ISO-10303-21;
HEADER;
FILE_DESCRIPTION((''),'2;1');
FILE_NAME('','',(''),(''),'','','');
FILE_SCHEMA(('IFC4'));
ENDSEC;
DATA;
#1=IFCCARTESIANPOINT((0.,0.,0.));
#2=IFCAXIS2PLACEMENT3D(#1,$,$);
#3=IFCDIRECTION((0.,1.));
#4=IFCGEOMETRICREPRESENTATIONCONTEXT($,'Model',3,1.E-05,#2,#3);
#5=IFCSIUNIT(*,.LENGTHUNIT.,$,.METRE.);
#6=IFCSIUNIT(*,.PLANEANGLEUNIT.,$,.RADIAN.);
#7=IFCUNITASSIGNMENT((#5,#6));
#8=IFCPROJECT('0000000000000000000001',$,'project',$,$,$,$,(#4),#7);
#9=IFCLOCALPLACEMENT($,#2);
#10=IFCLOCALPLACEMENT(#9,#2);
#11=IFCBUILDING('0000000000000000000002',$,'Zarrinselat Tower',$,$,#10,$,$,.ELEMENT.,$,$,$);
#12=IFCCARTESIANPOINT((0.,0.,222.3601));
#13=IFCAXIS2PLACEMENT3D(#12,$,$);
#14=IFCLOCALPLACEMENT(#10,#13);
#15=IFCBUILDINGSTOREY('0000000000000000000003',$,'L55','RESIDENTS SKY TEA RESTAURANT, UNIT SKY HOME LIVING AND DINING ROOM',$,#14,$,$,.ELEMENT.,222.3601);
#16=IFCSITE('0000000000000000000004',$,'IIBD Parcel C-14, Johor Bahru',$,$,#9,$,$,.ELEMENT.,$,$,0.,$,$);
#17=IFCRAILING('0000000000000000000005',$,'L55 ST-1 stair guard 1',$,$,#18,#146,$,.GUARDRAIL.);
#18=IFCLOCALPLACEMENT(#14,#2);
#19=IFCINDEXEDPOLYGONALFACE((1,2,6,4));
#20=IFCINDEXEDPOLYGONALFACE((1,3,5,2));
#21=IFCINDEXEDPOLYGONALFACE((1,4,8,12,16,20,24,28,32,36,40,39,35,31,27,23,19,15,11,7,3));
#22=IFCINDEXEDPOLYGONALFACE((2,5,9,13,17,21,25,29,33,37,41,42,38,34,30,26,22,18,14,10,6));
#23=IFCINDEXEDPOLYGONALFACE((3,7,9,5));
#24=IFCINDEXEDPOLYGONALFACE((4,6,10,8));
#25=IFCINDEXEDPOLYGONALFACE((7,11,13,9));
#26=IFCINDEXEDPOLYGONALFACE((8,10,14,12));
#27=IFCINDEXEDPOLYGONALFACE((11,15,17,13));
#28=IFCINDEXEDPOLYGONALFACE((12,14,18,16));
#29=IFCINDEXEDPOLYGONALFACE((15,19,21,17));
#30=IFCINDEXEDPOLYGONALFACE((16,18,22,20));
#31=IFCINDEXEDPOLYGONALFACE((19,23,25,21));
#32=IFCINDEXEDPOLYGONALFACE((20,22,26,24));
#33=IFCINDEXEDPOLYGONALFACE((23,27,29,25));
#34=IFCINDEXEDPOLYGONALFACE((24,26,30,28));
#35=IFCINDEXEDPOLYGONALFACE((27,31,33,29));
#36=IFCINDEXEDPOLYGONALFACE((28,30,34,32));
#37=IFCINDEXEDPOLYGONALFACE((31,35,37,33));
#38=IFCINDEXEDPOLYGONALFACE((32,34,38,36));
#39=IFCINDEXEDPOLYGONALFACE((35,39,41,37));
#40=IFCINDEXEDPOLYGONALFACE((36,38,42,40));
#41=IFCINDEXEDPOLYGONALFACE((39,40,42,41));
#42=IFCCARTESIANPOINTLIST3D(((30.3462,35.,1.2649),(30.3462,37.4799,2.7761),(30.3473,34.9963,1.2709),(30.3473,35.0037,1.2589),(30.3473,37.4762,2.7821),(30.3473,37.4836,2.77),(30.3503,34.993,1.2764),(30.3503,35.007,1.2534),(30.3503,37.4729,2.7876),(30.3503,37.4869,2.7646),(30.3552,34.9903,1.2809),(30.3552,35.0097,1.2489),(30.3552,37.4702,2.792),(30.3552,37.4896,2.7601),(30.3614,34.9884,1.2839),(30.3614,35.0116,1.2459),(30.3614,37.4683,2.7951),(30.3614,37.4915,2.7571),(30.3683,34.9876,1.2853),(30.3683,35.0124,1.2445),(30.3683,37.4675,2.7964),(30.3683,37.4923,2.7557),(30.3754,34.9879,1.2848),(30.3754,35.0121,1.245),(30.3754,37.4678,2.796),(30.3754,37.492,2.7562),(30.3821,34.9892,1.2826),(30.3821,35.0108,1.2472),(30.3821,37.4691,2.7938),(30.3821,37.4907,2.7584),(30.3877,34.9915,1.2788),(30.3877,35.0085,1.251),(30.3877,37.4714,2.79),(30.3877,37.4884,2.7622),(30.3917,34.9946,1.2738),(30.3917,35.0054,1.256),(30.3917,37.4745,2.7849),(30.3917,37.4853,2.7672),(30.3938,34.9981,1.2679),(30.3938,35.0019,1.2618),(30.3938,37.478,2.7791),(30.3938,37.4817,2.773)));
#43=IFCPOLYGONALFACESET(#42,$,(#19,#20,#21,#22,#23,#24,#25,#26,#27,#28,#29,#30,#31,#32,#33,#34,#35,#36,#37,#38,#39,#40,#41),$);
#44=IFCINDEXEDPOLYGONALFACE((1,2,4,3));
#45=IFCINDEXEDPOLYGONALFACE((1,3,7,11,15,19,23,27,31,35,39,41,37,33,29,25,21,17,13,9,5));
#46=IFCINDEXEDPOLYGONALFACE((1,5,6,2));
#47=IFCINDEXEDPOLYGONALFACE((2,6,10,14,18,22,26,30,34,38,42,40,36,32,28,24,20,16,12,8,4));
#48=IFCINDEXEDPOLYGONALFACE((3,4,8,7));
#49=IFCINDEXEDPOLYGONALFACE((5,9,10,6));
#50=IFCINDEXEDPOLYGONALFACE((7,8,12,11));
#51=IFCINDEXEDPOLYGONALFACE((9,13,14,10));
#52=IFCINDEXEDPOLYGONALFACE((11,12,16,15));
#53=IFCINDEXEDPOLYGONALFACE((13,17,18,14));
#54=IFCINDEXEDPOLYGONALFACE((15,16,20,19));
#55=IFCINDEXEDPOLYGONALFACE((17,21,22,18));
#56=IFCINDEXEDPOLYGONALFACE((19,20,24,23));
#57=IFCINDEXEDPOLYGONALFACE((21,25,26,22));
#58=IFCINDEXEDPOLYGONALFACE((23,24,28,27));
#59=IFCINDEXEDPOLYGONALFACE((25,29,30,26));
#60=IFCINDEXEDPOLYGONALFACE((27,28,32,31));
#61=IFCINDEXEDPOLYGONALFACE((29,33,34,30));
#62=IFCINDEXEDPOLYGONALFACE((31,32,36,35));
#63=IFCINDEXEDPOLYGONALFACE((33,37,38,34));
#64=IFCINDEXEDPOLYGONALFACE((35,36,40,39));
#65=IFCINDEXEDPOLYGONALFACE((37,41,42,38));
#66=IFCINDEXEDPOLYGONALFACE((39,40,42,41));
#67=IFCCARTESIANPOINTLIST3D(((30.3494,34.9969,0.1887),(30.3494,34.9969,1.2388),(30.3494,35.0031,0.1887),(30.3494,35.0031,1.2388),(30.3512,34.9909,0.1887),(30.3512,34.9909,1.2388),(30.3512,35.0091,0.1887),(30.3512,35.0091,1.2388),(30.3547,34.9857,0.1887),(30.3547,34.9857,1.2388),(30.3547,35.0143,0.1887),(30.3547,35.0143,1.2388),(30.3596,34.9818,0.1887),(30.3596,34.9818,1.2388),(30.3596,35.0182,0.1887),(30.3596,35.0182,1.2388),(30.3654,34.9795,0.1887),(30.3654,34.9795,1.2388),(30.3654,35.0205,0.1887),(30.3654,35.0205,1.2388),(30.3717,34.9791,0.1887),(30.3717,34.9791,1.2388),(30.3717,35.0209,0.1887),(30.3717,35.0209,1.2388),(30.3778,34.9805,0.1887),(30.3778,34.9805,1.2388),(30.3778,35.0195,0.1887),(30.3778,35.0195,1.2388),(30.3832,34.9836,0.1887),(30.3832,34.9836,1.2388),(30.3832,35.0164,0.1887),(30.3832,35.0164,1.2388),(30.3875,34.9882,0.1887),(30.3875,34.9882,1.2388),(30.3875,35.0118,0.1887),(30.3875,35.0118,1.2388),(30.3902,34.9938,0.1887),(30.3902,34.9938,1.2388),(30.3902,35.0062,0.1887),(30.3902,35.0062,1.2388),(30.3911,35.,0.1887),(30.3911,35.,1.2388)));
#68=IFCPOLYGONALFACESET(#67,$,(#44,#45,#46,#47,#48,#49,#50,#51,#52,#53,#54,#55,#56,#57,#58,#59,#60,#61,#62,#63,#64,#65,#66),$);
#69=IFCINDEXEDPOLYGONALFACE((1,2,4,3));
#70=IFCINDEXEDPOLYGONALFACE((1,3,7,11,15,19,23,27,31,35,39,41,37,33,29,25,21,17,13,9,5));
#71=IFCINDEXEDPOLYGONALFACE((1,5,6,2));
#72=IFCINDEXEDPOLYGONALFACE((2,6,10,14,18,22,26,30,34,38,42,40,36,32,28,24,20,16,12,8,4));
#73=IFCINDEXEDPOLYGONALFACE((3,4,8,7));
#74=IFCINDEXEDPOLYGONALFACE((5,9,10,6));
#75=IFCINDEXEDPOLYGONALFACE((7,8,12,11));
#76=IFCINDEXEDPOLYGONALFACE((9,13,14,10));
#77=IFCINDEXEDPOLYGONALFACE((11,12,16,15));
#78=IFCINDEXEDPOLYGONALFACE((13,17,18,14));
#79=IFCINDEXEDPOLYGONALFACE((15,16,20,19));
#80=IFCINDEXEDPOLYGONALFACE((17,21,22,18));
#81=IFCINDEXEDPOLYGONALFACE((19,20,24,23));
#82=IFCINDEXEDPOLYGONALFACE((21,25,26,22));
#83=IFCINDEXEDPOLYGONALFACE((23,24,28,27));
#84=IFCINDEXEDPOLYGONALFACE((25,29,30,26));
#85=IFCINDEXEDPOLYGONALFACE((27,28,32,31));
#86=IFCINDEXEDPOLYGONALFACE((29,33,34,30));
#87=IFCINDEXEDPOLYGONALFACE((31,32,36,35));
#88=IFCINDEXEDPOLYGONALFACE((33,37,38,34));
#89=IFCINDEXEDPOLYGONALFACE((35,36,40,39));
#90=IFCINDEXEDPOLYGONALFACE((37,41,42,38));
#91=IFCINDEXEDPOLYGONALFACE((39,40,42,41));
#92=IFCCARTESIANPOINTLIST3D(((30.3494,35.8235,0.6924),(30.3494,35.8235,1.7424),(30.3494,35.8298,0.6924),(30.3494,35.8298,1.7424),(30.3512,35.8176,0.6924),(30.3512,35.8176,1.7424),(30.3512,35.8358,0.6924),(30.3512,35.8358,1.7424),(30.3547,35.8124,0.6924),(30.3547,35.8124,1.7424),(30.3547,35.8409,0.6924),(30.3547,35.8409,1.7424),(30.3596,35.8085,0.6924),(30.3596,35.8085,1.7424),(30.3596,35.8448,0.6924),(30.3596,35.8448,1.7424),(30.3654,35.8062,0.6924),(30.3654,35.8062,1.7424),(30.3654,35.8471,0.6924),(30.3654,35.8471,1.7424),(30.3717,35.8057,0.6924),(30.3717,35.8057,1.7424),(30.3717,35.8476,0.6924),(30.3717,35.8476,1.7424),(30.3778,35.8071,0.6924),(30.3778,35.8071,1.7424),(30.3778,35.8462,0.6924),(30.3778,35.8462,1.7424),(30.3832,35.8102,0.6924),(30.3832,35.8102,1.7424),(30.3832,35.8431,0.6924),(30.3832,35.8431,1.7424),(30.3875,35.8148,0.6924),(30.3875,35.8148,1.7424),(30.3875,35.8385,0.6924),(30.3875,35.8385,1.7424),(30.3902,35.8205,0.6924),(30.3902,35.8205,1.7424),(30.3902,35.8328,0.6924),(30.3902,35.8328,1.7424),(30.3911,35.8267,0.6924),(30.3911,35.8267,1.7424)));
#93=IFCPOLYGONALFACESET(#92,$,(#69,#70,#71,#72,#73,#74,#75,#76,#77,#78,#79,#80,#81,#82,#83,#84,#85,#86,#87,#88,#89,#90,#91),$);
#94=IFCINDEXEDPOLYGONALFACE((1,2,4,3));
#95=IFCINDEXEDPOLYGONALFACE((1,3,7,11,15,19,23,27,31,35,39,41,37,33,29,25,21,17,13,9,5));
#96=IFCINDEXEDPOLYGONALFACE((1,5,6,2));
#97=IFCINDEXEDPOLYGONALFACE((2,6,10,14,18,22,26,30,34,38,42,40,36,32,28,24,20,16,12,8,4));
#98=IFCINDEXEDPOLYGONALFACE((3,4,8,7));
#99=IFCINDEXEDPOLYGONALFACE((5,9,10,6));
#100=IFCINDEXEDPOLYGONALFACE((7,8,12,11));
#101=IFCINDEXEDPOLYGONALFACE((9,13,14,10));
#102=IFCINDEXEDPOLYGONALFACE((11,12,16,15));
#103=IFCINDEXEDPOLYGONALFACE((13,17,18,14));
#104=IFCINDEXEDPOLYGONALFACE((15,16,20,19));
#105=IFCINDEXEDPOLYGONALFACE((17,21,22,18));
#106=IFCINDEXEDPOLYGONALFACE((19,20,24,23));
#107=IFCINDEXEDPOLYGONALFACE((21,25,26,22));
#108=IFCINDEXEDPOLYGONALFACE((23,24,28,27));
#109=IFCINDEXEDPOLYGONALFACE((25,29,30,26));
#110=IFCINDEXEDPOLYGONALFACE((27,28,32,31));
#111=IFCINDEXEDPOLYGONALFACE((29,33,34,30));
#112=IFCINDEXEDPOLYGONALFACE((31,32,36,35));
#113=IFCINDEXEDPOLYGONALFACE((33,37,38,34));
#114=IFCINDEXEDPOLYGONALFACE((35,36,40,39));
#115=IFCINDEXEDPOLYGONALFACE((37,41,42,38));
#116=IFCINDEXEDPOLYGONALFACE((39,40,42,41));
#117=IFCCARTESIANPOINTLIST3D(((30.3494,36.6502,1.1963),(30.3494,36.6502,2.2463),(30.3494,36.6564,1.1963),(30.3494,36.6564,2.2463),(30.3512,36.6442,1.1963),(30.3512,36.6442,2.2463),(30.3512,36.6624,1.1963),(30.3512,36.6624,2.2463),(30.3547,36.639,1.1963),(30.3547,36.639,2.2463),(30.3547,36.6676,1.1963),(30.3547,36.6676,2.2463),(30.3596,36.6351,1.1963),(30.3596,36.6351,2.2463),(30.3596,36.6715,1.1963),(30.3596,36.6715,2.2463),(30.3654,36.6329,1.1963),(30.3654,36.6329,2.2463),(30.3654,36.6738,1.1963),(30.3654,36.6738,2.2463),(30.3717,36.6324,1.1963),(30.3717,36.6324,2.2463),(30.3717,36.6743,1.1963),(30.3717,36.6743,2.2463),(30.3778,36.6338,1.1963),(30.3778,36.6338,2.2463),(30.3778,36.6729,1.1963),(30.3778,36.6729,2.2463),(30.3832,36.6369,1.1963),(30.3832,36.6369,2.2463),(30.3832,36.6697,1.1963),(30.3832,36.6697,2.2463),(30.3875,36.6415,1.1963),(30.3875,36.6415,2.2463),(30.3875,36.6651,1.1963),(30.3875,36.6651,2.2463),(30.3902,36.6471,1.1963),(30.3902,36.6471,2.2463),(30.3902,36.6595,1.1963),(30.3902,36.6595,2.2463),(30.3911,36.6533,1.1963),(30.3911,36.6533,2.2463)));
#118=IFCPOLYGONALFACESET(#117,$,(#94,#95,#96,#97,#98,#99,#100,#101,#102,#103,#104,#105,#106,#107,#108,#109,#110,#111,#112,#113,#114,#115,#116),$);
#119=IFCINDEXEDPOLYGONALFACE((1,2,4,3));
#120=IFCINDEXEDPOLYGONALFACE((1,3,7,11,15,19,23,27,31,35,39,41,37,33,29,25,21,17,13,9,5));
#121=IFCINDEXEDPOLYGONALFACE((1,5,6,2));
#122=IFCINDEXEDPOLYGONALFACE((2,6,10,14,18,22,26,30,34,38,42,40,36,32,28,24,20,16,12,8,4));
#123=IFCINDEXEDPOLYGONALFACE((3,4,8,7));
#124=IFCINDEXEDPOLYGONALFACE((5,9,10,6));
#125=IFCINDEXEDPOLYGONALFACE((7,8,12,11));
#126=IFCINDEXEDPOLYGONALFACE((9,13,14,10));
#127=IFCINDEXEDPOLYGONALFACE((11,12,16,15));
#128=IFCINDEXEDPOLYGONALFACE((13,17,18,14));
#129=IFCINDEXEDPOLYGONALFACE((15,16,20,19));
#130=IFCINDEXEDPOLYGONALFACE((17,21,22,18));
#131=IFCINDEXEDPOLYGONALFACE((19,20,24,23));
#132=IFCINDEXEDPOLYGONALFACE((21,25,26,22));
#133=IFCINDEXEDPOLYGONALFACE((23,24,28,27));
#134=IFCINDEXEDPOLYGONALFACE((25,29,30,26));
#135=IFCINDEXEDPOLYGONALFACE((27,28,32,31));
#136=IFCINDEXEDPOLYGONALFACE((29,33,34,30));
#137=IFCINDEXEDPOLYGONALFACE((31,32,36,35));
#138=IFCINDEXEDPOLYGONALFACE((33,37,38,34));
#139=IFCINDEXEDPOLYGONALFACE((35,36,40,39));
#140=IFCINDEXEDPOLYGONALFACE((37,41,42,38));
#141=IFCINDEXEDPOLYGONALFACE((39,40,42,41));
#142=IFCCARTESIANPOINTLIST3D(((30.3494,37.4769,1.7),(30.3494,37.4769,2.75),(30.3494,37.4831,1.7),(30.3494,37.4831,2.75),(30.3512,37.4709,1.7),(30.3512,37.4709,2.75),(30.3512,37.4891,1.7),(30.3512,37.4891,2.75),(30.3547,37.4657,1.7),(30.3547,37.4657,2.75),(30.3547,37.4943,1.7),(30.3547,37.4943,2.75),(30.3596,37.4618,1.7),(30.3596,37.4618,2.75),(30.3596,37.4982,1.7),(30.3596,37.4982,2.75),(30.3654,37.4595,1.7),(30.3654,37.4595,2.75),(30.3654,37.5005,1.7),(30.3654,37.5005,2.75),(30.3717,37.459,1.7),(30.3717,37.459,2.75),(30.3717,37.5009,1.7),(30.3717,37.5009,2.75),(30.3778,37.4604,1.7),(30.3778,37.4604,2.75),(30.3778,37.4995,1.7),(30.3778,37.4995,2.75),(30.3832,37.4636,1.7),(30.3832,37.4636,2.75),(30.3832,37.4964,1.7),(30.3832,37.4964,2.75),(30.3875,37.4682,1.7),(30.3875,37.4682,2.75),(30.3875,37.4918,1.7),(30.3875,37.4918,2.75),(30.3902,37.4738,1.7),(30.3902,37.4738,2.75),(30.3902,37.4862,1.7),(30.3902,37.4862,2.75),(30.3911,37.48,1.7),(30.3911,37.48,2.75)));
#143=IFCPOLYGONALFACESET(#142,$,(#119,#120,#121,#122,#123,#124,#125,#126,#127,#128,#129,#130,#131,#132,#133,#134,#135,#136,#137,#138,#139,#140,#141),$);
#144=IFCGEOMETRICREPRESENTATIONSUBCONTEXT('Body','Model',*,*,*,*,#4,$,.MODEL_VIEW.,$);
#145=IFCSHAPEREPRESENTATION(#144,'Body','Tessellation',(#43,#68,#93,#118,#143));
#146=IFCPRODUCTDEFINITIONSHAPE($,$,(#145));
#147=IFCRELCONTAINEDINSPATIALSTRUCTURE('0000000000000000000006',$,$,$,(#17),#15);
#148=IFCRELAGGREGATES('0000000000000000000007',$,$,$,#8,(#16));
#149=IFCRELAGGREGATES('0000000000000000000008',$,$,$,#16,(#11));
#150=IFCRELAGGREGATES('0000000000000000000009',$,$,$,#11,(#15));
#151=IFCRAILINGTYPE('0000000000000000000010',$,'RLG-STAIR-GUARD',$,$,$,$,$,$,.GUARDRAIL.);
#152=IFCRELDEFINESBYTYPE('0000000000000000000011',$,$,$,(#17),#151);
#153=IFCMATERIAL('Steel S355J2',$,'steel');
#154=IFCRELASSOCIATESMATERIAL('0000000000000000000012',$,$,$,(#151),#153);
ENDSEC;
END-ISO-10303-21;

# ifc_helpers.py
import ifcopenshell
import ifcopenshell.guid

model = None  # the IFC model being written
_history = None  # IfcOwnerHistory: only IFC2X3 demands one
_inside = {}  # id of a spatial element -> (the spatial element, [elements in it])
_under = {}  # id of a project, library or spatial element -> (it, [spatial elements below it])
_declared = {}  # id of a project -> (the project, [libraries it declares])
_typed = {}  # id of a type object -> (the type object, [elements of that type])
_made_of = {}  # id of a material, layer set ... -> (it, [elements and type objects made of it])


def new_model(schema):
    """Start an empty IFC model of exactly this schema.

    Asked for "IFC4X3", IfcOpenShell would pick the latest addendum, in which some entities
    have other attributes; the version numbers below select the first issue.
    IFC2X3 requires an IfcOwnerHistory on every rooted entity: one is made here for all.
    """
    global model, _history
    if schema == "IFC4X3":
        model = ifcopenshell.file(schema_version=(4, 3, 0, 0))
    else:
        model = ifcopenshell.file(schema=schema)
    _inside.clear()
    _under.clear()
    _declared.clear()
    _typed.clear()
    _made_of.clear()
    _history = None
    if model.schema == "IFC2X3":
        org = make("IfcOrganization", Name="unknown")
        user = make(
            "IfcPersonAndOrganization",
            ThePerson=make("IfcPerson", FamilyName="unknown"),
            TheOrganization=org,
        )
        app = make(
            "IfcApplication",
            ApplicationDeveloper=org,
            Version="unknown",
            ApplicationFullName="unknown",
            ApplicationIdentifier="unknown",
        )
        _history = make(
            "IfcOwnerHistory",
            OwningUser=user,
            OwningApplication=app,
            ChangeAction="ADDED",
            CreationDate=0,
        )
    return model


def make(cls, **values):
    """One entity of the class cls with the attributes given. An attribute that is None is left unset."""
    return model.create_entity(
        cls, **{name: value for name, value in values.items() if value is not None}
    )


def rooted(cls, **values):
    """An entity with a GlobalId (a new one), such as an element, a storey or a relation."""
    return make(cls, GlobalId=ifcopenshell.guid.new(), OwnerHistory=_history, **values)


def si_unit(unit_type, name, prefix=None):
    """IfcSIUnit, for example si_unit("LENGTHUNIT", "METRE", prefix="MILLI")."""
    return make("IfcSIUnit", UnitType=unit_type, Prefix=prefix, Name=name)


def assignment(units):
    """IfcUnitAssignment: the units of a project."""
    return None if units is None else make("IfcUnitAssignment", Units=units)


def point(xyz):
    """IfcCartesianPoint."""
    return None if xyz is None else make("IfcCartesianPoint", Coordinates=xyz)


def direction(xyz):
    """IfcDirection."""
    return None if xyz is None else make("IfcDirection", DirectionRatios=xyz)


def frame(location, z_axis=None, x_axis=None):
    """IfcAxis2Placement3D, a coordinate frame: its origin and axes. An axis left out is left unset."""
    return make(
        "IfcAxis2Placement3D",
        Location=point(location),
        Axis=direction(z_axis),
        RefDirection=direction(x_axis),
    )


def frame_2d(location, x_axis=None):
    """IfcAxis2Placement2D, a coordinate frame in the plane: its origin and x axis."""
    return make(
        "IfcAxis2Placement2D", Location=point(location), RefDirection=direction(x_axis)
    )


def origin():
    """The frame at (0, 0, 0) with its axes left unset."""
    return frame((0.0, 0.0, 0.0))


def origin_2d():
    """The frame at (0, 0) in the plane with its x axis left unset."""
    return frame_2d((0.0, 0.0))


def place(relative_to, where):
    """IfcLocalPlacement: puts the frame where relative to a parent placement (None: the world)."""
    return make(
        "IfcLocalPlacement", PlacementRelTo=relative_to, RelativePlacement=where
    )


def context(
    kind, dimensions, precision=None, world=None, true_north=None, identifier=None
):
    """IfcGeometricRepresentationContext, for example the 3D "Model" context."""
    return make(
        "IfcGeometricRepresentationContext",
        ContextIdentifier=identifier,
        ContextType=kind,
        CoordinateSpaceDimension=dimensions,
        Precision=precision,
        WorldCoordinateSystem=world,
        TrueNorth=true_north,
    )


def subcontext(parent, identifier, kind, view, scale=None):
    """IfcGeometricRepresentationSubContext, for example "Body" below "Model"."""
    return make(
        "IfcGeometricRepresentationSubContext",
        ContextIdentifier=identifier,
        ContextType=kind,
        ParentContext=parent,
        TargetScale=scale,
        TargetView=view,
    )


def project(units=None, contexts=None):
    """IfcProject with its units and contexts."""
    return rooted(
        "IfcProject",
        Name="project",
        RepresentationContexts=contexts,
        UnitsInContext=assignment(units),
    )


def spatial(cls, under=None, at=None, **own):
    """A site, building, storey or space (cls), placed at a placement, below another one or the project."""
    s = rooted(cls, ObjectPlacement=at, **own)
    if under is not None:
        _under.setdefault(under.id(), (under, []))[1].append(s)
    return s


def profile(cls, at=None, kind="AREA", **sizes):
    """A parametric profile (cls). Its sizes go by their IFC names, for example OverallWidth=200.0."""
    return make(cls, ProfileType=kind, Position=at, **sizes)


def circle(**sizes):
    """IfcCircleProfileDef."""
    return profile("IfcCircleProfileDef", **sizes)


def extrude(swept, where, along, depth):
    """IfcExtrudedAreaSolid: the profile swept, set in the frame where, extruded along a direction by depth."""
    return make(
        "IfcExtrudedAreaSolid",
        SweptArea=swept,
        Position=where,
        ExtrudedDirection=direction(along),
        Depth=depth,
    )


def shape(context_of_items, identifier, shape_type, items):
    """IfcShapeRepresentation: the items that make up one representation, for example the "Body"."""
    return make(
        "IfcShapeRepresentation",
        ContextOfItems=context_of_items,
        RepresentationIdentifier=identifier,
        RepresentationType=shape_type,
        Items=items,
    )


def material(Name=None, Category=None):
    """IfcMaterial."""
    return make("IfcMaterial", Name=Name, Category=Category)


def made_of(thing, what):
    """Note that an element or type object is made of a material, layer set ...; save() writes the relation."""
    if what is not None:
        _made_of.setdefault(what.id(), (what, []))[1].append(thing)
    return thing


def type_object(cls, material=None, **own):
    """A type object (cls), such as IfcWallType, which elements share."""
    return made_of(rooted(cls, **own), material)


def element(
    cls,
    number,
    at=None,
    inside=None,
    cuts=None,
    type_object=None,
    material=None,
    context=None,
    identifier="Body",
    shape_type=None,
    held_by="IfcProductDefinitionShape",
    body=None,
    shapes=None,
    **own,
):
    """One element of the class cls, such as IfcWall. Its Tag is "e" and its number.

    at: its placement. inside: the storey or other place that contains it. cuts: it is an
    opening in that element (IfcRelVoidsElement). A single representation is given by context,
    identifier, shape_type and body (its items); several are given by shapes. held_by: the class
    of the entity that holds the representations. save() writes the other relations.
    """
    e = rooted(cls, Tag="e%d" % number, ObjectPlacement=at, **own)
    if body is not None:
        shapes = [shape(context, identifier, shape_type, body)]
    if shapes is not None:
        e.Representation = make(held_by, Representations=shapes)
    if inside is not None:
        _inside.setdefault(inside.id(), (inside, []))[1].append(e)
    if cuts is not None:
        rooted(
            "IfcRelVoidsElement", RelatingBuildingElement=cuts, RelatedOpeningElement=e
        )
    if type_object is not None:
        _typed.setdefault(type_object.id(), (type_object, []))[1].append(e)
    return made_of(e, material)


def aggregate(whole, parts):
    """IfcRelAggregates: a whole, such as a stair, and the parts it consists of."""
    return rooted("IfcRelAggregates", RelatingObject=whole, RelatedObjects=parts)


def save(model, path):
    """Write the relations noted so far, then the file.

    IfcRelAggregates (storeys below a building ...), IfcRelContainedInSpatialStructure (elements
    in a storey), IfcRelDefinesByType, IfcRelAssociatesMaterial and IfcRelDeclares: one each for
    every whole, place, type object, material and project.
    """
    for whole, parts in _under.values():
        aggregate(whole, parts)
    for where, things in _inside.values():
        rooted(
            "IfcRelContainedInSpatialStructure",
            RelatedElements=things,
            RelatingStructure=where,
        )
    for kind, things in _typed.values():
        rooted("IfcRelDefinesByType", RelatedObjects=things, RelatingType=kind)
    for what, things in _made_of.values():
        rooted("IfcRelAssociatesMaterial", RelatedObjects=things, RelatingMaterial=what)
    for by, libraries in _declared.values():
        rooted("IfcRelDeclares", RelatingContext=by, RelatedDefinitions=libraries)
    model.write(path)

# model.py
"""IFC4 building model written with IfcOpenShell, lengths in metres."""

from ifc_helpers import new_model, si_unit, direction, frame, origin, origin_2d, place, context, subcontext, project, spatial, circle, extrude, material, type_object, element, save


model = new_model("IFC4")

# Units and contexts
model_context = context("Model", 3, precision=1e-05, world=origin(), true_north=direction((0.0, 1.0)))
body_context = subcontext(model_context, "Body", "Model", "MODEL_VIEW")
ifc_project = project(units=[si_unit("LENGTHUNIT", "METRE"), si_unit("PLANEANGLEUNIT", "RADIAN")], contexts=[model_context])

# Site, building, storey
site_placement = place(None, origin())
site = spatial("IfcSite", under=ifc_project, at=site_placement, Name="IIBD Parcel C-14, Johor Bahru", CompositionType="ELEMENT", RefElevation=0.0)
building_placement = place(site_placement, origin())
building = spatial("IfcBuilding", under=site, at=building_placement, Name="Zarrinselat Tower", CompositionType="ELEMENT")
storey_placement = place(building_placement, frame((0.0, 0.0, 222.3601)))
storey = spatial("IfcBuildingStorey", under=building, at=storey_placement, Name="L55", Description="RESIDENTS SKY TEA RESTAURANT, UNIT SKY HOME LIVING AND DINING ROOM", CompositionType="ELEMENT", Elevation=222.3601)

# Railing
ifc_material_1 = material(Name="Steel S355J2", Category="steel")
railing_type_1 = type_object("IfcRailingType", Name="RLG-STAIR-GUARD", PredefinedType="GUARDRAIL", material=ifc_material_1)
railing_1_placement = place(storey_placement, frame((30.3701, 35.0, 0.1887)))
element("IfcRailing", 1, at=railing_1_placement, inside=storey, type_object=railing_type_1, Name="L55 ST-1 stair guard 1", PredefinedType="GUARDRAIL", context=body_context, shape_type="SweptSolid", body=[
    extrude(circle(Radius=0.0239, at=origin_2d()), frame((0.0, 0.0, 1.0762), z_axis=(0.0, 0.853942, 0.520368), x_axis=(-1.0, 0.0, 0.0)), (0.0, 0.0, 1.0), 2.9041),
    extrude(circle(Radius=0.021, at=origin_2d()), origin(), (0.0, 0.0, 1.0), 1.05),
    extrude(circle(Radius=0.021, at=origin_2d()), frame((0.0, 0.8267, 0.5037)), (0.0, 0.0, 1.0), 1.05),
    extrude(circle(Radius=0.021, at=origin_2d()), frame((0.0, 1.6533, 1.0076)), (0.0, 0.0, 1.0), 1.05),
    extrude(circle(Radius=0.021, at=origin_2d()), frame((0.0, 2.48, 1.5112)), (0.0, 0.0, 1.0), 1.05),
])

save(model, "model.ifc")
